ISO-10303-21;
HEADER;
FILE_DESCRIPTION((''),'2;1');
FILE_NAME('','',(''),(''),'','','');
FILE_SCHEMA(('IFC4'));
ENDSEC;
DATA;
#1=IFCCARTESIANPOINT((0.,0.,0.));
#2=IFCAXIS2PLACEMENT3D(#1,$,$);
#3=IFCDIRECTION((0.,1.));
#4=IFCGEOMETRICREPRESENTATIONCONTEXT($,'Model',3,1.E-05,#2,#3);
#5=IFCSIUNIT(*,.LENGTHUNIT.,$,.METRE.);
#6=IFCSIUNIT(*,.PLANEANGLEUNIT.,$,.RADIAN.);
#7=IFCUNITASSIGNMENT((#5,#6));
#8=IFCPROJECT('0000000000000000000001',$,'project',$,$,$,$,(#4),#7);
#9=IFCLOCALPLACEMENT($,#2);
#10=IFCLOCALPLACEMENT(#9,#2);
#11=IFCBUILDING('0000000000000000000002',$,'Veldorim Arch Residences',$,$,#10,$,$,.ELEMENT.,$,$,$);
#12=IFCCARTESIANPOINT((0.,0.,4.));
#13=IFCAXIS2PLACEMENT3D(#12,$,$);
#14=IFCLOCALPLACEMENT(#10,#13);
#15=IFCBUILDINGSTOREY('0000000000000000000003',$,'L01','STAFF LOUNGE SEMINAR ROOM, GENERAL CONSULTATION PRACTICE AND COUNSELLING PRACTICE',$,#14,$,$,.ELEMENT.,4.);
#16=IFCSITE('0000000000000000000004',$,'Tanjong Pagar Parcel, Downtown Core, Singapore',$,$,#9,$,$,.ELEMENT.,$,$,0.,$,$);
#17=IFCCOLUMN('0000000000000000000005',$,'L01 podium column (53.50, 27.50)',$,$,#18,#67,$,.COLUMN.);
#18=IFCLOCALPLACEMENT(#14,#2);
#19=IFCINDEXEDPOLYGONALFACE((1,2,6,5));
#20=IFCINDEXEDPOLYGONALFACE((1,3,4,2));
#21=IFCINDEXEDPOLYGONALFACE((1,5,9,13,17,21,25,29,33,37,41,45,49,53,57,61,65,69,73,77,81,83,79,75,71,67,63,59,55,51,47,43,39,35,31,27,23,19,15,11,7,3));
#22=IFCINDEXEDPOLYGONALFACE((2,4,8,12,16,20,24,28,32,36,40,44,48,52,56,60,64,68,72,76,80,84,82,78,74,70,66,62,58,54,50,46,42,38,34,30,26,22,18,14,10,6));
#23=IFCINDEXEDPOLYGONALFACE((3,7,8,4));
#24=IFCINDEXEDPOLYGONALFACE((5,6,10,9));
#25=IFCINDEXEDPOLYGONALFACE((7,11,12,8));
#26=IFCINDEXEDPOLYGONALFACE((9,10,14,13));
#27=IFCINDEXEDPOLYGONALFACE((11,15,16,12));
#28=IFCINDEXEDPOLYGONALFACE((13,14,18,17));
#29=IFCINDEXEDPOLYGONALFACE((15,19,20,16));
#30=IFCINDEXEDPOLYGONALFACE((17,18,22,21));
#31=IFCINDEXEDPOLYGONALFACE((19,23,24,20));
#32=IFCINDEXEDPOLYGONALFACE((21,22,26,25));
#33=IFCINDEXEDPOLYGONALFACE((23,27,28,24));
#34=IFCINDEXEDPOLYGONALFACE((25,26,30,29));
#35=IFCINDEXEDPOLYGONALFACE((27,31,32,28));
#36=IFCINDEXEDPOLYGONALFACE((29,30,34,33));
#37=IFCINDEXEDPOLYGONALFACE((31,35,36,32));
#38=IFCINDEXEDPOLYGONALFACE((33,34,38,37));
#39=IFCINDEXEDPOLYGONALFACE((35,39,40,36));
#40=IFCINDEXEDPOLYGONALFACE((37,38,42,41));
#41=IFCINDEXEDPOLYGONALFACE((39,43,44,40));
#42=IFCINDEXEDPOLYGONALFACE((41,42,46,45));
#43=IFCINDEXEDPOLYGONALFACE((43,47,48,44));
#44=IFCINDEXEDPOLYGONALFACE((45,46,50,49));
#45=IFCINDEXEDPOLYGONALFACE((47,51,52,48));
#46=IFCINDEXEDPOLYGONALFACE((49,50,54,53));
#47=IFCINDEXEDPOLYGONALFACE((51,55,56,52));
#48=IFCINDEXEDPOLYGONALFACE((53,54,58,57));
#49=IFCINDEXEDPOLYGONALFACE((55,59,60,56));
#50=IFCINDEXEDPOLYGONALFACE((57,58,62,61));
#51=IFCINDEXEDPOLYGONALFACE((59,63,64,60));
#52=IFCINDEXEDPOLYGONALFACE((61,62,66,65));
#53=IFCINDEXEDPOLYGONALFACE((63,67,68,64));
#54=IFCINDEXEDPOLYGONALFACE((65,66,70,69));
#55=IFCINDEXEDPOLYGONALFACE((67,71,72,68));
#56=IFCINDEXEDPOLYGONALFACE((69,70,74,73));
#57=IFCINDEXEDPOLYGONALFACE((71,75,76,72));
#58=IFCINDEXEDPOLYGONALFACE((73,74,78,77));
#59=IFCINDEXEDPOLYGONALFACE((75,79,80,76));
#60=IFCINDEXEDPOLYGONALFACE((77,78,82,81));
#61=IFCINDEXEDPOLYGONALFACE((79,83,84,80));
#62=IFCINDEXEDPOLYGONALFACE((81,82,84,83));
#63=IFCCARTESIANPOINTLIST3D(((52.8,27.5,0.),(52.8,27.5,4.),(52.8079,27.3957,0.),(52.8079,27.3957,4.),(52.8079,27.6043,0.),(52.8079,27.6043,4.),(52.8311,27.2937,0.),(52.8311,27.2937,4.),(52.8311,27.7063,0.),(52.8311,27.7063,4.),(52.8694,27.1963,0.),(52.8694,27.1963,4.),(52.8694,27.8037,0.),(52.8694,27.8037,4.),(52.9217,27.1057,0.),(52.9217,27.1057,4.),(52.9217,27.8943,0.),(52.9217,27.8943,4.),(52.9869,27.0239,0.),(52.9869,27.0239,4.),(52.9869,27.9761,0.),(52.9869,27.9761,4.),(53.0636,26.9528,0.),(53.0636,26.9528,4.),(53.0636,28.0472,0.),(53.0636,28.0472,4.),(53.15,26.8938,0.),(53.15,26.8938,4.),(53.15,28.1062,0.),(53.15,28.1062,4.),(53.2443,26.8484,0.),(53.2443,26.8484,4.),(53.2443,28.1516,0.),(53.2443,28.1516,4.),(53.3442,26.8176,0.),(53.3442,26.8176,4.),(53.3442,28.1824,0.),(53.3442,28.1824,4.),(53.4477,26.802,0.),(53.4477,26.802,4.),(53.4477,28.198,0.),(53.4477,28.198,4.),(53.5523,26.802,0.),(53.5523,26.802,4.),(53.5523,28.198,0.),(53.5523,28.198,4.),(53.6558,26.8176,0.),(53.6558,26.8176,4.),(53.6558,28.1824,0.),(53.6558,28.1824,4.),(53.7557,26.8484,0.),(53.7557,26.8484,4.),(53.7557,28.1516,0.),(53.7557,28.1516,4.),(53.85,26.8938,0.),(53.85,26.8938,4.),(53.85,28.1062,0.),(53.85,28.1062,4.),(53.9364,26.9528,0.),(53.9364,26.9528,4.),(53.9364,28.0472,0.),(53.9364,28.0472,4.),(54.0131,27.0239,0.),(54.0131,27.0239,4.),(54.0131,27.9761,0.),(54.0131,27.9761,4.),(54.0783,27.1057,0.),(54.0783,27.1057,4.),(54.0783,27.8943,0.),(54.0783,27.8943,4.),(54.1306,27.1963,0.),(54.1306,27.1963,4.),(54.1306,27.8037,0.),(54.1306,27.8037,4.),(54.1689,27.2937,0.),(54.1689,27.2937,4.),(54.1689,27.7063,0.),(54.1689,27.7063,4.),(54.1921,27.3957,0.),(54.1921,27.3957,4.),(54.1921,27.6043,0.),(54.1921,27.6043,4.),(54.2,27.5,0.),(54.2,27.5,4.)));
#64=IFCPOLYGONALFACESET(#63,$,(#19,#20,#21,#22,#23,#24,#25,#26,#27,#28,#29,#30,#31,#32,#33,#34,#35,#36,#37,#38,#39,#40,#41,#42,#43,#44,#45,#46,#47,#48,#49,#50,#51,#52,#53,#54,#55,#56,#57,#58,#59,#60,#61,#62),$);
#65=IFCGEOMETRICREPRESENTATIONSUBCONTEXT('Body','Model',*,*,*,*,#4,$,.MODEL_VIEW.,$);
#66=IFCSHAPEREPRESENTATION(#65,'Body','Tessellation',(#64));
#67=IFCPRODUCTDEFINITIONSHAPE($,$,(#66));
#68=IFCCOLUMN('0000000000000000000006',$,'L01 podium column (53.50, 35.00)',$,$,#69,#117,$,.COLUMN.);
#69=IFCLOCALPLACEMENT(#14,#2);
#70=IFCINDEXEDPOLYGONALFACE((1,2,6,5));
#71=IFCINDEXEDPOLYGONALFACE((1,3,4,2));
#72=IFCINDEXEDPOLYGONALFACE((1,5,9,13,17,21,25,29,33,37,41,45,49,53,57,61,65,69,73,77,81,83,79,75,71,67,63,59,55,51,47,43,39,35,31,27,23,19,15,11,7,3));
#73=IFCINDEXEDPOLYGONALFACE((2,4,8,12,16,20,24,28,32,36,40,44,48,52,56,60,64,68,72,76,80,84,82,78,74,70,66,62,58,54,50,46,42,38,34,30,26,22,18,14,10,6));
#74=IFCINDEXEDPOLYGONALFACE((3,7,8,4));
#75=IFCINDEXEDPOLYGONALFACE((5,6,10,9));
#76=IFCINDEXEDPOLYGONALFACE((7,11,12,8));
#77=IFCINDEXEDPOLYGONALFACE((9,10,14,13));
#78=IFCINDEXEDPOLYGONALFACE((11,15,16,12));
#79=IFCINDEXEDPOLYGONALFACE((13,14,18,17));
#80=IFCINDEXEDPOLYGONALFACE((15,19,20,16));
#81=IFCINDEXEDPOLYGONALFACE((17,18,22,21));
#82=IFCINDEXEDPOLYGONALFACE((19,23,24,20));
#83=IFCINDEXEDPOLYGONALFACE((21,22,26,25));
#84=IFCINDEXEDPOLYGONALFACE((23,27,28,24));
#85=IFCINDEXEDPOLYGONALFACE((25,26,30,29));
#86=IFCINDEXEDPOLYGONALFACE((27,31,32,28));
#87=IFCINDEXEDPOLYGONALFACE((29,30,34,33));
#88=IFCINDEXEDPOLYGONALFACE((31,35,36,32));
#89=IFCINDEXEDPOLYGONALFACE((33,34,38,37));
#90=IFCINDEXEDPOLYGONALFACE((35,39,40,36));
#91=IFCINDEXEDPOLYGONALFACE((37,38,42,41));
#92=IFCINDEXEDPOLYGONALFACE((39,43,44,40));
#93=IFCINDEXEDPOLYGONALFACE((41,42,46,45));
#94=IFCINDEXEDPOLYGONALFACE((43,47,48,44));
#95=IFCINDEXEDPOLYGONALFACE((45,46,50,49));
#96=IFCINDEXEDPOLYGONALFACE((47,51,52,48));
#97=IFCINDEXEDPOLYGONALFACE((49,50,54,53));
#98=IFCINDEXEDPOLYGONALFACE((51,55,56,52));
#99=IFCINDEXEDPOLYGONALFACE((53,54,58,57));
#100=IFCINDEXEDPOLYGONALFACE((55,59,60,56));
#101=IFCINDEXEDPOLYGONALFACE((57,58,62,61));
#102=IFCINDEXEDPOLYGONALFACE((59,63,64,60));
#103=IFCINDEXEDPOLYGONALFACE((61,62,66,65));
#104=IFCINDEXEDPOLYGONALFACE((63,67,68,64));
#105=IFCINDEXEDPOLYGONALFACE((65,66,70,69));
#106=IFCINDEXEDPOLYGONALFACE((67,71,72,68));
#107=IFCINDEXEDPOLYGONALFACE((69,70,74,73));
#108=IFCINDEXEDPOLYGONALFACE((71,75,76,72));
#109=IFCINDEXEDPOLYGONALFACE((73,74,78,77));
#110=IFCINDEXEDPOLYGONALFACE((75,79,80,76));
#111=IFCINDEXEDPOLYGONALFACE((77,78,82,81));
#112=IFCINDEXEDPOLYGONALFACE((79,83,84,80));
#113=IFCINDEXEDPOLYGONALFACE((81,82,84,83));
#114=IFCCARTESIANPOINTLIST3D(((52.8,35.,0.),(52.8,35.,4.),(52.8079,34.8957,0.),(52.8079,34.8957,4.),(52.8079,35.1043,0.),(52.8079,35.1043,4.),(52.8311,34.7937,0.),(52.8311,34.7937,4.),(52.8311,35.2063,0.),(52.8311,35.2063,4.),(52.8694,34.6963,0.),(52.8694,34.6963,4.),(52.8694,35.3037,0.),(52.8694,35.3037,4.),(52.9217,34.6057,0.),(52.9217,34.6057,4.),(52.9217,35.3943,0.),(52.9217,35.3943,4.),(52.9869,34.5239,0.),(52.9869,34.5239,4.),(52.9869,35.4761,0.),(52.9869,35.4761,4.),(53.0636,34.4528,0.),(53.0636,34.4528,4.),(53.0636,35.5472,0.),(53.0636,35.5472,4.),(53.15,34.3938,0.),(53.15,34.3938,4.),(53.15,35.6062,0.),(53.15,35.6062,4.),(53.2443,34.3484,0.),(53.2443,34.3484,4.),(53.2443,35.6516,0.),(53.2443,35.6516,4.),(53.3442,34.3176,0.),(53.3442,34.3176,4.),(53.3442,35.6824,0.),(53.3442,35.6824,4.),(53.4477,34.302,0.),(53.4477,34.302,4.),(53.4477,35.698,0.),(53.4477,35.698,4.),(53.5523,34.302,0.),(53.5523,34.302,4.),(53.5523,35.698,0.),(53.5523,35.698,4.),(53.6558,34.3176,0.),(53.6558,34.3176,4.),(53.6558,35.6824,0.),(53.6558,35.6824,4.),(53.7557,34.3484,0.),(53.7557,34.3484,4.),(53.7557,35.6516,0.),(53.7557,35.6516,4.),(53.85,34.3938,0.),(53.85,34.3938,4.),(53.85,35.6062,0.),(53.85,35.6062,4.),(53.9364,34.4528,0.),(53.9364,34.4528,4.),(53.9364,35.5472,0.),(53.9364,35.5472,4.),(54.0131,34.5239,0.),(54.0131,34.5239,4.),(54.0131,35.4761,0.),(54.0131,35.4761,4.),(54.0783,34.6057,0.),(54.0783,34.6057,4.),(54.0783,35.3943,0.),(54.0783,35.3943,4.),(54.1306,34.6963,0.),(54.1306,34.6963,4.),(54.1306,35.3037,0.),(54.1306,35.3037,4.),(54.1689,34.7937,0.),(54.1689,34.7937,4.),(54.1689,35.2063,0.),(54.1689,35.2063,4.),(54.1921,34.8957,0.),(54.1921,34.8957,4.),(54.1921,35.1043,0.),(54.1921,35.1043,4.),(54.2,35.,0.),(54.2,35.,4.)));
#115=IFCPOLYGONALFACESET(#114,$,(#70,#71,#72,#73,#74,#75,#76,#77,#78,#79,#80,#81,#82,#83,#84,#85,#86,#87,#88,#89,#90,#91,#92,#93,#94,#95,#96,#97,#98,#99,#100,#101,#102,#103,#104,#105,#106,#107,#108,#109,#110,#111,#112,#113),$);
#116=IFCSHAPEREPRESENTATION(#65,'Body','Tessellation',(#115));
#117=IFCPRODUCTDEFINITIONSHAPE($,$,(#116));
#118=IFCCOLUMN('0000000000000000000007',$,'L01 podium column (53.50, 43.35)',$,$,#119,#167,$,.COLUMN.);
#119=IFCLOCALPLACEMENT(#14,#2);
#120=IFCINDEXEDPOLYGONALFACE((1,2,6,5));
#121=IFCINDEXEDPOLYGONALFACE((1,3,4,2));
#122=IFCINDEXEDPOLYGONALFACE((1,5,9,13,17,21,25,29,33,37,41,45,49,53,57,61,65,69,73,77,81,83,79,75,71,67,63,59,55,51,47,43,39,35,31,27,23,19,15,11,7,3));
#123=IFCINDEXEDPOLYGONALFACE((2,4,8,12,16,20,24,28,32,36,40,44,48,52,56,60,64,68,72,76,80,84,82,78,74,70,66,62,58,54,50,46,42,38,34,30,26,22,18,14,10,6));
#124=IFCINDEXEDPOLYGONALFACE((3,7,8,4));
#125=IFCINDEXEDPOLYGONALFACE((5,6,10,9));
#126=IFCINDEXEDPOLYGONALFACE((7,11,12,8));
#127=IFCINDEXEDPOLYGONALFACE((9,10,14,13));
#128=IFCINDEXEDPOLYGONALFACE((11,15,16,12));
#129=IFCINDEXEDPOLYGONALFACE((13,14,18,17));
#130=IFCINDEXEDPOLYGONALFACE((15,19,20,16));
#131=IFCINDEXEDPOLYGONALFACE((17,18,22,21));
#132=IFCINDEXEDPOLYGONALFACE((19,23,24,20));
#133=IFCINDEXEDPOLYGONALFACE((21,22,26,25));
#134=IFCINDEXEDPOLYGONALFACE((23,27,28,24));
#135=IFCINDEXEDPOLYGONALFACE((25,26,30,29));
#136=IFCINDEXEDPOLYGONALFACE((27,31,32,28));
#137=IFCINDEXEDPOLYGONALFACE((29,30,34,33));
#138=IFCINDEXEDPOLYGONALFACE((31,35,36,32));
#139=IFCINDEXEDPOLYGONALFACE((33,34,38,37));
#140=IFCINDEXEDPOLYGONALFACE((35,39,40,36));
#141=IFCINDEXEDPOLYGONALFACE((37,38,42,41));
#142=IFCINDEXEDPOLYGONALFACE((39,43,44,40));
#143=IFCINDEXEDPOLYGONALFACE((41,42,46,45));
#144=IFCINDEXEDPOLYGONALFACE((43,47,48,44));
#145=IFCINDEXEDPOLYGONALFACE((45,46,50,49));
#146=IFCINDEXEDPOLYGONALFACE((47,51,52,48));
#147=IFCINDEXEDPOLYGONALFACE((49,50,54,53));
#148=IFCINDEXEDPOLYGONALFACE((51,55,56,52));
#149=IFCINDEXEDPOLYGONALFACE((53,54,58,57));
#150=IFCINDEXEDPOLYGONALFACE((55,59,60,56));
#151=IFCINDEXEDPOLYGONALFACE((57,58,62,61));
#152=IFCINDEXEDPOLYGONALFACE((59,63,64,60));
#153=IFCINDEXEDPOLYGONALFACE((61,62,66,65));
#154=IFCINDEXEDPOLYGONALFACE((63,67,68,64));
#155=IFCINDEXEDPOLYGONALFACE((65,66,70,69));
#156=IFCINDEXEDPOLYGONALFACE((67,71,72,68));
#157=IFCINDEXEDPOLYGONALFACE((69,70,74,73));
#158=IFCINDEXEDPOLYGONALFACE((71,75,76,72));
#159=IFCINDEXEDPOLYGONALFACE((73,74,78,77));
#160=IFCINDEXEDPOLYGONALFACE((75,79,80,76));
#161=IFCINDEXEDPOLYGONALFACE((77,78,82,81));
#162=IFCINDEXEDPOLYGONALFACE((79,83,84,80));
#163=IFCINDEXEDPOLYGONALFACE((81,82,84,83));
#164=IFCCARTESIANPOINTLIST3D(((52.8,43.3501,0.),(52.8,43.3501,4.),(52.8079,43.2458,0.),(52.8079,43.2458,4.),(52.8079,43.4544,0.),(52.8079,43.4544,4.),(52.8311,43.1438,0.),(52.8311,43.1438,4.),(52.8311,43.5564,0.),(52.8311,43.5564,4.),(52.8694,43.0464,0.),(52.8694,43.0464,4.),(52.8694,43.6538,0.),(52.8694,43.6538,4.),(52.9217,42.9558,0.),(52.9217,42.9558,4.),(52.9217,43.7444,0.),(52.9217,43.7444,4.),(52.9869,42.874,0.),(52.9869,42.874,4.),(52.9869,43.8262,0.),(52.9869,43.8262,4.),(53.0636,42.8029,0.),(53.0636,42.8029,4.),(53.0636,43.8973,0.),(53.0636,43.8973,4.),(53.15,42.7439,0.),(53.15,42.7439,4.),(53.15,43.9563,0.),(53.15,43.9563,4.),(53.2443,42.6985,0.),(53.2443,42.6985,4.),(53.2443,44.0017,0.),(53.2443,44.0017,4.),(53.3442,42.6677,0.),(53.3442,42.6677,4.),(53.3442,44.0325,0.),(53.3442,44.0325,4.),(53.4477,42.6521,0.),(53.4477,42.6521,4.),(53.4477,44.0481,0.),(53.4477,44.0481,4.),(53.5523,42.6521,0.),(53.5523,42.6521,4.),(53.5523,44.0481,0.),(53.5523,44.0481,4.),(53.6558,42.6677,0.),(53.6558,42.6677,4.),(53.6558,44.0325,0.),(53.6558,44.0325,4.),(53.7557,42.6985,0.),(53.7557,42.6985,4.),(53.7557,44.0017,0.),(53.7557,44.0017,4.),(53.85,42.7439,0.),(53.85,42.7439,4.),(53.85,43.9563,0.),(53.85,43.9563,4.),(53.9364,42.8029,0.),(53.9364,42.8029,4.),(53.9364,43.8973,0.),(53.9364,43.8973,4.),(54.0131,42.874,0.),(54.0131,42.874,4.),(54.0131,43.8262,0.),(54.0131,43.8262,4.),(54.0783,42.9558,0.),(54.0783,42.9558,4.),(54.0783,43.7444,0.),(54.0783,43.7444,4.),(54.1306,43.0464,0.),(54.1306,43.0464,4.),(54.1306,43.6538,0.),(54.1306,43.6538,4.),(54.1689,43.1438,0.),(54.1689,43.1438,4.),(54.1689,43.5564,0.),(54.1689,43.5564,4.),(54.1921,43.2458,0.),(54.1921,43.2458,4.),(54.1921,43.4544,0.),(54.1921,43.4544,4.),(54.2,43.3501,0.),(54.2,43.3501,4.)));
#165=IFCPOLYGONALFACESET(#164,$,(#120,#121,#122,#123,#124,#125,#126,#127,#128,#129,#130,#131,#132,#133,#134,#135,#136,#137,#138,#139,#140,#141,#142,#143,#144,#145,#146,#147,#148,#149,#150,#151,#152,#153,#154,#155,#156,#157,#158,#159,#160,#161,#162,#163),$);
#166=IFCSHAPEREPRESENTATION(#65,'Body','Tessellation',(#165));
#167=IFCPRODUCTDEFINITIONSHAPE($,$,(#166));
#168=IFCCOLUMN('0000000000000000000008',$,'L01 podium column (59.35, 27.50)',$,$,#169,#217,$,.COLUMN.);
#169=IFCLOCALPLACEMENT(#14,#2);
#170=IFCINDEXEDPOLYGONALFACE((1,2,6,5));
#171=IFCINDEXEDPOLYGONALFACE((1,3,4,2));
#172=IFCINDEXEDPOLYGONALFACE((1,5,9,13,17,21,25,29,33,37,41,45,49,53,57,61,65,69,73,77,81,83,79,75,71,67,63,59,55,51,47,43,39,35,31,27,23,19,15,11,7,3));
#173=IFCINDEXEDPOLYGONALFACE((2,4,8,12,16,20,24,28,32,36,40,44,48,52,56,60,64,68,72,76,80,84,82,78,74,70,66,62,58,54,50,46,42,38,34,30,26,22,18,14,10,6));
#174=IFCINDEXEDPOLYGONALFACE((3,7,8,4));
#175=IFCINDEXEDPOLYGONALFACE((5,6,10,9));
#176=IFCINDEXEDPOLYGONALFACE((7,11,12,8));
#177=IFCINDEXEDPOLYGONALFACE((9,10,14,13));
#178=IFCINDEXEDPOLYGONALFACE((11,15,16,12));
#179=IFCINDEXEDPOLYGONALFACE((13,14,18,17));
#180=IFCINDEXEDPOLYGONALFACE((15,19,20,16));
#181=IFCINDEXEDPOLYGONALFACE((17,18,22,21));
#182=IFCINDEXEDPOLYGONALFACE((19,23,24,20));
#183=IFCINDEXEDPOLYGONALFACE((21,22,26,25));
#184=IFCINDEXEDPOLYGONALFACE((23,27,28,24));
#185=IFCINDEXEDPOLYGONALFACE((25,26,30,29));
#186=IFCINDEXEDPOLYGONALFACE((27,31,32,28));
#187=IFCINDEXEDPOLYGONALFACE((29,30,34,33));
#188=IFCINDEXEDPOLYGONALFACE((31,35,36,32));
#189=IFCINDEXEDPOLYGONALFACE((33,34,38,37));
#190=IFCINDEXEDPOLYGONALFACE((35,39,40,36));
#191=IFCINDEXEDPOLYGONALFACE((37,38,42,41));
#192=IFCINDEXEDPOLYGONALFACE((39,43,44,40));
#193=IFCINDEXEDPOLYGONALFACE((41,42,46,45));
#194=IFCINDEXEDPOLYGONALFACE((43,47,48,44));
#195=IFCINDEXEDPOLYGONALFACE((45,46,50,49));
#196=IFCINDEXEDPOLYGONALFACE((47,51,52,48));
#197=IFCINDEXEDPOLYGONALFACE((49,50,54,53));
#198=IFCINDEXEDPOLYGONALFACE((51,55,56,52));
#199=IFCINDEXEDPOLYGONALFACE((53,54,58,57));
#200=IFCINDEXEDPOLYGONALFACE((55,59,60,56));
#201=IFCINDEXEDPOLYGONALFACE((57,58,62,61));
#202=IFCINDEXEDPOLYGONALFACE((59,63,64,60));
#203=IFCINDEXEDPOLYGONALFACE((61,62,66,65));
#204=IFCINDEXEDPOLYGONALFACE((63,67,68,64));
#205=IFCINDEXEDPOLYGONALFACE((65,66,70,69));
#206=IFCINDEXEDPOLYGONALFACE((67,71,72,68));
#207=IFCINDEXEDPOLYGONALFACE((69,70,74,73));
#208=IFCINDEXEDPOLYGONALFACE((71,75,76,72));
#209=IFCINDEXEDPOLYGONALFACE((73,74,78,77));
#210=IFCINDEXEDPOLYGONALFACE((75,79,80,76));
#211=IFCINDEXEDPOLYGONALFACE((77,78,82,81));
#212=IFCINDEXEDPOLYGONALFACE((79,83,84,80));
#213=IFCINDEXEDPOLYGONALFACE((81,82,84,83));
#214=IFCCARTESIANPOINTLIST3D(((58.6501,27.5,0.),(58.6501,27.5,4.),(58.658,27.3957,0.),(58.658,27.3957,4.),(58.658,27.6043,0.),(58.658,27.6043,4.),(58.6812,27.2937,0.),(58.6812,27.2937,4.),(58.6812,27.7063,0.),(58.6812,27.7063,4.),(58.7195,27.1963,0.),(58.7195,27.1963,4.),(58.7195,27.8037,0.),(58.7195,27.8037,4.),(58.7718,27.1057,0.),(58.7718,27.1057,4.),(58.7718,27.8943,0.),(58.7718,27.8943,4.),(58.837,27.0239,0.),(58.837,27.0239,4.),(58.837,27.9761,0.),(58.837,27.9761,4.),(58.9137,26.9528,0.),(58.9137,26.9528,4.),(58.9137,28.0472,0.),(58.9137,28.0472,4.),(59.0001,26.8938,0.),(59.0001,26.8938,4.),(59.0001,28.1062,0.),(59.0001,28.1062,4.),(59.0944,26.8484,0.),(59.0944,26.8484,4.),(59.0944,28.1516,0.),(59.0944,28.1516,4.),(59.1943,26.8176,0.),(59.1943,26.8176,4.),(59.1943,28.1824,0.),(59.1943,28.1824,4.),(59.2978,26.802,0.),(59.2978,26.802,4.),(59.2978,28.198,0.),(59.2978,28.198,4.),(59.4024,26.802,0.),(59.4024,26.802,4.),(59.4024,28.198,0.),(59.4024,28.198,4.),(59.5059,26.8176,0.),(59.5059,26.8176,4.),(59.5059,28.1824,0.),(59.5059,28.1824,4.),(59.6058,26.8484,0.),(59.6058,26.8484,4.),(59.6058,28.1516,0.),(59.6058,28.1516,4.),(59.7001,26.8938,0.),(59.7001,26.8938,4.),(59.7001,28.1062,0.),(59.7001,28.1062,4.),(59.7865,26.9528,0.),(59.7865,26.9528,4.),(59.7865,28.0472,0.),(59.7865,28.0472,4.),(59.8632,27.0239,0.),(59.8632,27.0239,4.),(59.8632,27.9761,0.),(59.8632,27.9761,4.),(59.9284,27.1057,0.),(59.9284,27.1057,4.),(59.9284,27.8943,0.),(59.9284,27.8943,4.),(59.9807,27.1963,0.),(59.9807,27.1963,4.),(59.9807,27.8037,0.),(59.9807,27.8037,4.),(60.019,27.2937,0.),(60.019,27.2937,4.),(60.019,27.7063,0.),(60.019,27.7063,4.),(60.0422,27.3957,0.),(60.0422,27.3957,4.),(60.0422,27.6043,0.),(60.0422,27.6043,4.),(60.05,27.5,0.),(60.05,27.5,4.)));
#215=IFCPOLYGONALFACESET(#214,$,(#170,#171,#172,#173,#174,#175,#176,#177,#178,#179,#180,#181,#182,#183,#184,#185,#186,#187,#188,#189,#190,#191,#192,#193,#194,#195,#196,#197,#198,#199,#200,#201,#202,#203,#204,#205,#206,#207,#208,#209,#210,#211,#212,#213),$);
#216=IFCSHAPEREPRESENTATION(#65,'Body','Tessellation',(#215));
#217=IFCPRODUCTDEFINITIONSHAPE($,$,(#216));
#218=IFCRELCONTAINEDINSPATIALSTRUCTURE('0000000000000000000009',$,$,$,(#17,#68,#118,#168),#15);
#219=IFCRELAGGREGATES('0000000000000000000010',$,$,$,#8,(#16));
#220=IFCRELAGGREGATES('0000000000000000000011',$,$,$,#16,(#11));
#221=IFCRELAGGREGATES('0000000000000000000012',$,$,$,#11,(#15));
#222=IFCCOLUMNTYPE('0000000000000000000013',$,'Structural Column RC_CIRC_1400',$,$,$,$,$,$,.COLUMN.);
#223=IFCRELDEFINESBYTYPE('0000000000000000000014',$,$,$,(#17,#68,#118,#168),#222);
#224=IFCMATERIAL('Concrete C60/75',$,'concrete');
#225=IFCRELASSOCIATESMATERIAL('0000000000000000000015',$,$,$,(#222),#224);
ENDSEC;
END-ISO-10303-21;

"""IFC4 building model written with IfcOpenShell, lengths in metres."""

from ifc_helpers import new_model, si_unit, direction, frame, origin, origin_2d, place, context, subcontext, project, spatial, circle, extrude, material, material_profile, profile_set, type_object, element, save


model = new_model("IFC4")

# Units and contexts
model_context = context("Model", 3, precision=1e-05, world=origin(), true_north=direction((0.0, 1.0)))
body_context = subcontext(model_context, "Body", "Model", "MODEL_VIEW")
ifc_project = project(units=[si_unit("LENGTHUNIT", "METRE"), si_unit("PLANEANGLEUNIT", "RADIAN")], contexts=[model_context])

# Site, building, storey
site_placement = place(None, origin())
site = spatial("IfcSite", under=ifc_project, at=site_placement, Name="Tanjong Pagar Parcel, Downtown Core, Singapore", CompositionType="ELEMENT", RefElevation=0.0)
building_placement = place(site_placement, origin())
building = spatial("IfcBuilding", under=site, at=building_placement, Name="Veldorim Arch Residences", CompositionType="ELEMENT")
storey_placement = place(building_placement, frame((0.0, 0.0, 4.0)))
storey = spatial("IfcBuildingStorey", under=building, at=storey_placement, Name="L01", Description="STAFF LOUNGE SEMINAR ROOM, GENERAL CONSULTATION PRACTICE AND COUNSELLING PRACTICE", CompositionType="ELEMENT", Elevation=4.0)

# Columns
ifc_material_1 = material(Name="Concrete C60/75", Category="concrete")
ifc_material_profile_1 = material_profile(ifc_material_1, circle(Radius=0.7, at=origin_2d()), Name="RC_CIRC_1400")
ifc_profile_set_1 = profile_set([ifc_material_profile_1], Name="Concrete C60/75")
column_type_1 = type_object("IfcColumnType", Name="Structural Column RC_CIRC_1400", PredefinedType="COLUMN", material=ifc_profile_set_1)
for number, where, z_axis, x_axis, name in (
    (1, (53.5, 27.5, 0.0), (0.0, 0.0, 1.0), (1.0, 0.0, 0.0), "L01 podium column (53.50, 27.50)"),
    (2, (53.5, 35.0, 0.0), (0.0, 0.0, 1.0), (1.0, 0.0, 0.0), "L01 podium column (53.50, 35.00)"),
    (3, (53.5, 43.3501, 0.0), (0.0, 0.0, 1.0), (1.0, 0.0, 0.0), "L01 podium column (53.50, 43.35)"),
    (4, (59.3501, 27.5, 0.0), (0.0, 0.0, 1.0), (1.0, 0.0, 0.0), "L01 podium column (59.35, 27.50)"),
):
    element("IfcColumn", number, at=place(storey_placement, frame(where, z_axis=z_axis, x_axis=x_axis)), inside=storey, type_object=column_type_1, Name=name, PredefinedType="COLUMN", context=body_context, shape_type="SweptSolid", body=[
        extrude(circle(Radius=0.7, at=origin_2d()), origin(), (0.0, 0.0, 1.0), 4.0),
    ])

save(model, "model.ifc")
